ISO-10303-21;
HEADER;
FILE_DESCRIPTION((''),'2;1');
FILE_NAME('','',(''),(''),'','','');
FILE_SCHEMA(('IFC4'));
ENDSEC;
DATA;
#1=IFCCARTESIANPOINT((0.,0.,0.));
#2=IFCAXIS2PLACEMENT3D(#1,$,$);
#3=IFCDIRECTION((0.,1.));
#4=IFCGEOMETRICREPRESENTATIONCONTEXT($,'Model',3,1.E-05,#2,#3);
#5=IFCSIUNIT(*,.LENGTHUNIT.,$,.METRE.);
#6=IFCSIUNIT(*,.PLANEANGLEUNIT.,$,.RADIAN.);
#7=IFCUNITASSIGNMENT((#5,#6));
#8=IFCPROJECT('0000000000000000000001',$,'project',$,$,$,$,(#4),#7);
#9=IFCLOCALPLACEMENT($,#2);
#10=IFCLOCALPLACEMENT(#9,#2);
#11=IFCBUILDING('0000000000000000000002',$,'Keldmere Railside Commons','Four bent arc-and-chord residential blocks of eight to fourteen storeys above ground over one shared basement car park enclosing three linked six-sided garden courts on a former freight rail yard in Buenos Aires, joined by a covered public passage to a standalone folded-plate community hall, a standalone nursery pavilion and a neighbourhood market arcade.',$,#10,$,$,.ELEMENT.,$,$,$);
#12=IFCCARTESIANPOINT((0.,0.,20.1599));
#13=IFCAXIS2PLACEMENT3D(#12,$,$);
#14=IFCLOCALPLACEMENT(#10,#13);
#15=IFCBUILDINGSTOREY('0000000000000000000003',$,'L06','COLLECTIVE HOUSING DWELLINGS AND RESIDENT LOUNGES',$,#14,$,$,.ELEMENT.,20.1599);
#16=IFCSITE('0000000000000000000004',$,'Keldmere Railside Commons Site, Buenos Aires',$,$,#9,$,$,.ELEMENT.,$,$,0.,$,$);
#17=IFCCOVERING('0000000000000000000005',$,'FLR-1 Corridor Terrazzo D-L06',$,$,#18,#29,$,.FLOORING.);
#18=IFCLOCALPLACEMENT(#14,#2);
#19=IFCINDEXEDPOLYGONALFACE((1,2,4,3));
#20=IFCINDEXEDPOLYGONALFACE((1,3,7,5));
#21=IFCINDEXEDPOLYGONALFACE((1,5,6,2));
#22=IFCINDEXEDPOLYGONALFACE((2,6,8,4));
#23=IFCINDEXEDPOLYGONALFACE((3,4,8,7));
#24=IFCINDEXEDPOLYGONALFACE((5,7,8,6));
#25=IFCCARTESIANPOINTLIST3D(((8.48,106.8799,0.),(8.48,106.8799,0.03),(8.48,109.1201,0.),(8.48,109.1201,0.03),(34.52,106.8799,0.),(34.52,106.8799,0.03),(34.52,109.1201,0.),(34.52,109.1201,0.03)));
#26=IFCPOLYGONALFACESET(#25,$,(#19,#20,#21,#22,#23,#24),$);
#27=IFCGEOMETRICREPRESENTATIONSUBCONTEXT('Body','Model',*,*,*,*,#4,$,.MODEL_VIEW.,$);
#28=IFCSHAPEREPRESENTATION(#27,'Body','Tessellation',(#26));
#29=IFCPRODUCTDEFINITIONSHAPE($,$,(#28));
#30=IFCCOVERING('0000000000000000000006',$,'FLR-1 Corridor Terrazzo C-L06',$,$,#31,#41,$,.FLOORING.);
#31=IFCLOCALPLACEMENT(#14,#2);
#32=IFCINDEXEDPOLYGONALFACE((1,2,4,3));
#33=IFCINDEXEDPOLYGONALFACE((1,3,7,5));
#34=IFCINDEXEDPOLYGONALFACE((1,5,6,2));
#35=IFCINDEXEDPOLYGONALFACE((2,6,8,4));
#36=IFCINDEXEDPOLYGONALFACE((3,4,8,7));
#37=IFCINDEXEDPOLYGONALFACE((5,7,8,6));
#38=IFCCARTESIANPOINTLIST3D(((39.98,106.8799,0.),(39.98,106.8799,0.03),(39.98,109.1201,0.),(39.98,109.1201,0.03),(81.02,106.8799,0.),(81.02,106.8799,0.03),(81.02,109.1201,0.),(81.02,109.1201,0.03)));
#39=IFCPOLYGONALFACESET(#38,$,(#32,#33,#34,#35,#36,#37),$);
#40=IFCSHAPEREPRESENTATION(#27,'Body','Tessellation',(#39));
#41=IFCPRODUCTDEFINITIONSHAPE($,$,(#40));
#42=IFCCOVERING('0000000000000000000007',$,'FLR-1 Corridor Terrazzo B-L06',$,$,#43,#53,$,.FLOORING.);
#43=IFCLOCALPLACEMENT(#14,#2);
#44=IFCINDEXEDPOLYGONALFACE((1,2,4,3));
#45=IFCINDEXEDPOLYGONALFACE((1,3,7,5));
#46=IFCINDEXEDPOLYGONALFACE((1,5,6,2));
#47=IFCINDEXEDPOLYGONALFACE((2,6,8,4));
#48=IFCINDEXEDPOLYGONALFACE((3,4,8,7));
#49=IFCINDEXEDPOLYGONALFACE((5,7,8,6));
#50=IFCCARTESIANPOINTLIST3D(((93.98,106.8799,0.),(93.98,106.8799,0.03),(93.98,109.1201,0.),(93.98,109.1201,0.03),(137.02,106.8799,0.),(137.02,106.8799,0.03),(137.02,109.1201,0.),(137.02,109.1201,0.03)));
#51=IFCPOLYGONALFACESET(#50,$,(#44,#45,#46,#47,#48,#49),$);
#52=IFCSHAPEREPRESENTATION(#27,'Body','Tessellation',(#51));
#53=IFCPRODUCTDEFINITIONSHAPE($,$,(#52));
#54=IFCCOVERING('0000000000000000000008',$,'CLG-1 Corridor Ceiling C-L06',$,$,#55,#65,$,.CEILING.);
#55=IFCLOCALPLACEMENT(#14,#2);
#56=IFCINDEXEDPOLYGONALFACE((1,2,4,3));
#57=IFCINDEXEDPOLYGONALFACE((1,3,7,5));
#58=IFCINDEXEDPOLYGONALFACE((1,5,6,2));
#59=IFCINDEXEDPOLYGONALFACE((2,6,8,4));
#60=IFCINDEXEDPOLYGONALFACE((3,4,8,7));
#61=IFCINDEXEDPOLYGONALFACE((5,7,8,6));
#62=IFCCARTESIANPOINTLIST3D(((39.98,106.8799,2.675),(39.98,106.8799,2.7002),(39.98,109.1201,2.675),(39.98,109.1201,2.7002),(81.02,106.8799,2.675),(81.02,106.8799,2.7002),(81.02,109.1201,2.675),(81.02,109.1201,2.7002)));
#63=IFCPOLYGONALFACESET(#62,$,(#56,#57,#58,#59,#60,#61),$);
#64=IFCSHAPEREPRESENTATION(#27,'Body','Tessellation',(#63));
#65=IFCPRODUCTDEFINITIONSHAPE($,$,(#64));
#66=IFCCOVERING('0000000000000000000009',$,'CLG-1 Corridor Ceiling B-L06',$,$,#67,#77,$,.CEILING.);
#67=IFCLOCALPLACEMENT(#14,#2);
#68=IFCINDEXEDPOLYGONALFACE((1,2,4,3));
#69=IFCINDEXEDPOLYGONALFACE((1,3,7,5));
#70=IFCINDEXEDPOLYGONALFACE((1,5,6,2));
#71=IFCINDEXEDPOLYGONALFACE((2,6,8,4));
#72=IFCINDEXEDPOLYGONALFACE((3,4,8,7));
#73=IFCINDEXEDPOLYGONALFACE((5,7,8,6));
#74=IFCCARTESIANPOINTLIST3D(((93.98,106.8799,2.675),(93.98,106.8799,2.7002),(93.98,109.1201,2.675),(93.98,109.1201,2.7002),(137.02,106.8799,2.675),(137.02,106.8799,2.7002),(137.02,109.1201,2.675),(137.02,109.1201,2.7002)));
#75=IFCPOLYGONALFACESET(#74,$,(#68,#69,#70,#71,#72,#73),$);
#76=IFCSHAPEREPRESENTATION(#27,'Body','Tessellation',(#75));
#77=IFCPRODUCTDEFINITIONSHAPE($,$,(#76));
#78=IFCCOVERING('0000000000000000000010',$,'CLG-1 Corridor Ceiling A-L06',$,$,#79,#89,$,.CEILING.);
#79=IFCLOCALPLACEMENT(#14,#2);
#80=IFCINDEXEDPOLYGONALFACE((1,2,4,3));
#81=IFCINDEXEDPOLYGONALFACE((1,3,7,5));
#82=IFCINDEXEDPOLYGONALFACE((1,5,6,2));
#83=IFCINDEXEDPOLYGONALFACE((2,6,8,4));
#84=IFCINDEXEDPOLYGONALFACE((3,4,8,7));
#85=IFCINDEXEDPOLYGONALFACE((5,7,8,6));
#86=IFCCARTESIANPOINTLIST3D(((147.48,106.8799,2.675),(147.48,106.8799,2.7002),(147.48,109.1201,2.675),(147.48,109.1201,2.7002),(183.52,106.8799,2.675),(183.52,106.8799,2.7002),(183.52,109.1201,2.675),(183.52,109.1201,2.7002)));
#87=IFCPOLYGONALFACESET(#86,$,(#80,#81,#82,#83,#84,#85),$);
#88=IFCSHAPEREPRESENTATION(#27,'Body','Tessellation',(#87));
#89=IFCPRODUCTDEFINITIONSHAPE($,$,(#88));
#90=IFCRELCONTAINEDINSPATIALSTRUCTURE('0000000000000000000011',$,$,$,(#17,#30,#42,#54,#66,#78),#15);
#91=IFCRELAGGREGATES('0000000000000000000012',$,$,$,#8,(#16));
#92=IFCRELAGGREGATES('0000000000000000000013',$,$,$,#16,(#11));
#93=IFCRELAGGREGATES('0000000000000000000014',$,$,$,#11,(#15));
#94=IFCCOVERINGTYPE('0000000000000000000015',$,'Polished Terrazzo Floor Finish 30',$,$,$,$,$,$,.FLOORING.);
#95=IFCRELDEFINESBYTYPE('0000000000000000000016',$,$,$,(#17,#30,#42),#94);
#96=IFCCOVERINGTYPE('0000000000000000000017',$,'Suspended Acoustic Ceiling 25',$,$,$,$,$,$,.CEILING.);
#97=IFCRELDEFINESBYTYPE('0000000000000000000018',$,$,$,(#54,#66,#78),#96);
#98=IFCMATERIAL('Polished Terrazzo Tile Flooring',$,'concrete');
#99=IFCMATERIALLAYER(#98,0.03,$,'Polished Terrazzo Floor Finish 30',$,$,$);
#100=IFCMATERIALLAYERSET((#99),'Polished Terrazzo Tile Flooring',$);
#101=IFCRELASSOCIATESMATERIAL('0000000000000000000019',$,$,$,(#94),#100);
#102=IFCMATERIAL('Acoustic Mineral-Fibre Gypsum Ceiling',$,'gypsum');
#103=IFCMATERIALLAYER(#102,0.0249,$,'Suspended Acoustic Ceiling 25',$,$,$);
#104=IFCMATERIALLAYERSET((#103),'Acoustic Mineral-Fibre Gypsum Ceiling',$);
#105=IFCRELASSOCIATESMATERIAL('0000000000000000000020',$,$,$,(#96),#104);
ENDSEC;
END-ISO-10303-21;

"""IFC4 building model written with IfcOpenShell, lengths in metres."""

from ifc_helpers import new_model, si_unit, direction, frame, origin, place, context, subcontext, project, spatial, polyline, outline, extrude, material, layer, layer_set, type_object, element, save


model = new_model("IFC4")

# Units and contexts
model_context = context("Model", 3, precision=1e-05, world=origin(), true_north=direction((0.0, 1.0)))
body_context = subcontext(model_context, "Body", "Model", "MODEL_VIEW")
ifc_project = project(units=[si_unit("LENGTHUNIT", "METRE"), si_unit("PLANEANGLEUNIT", "RADIAN")], contexts=[model_context])

# Site, building, storey
site_placement = place(None, origin())
site = spatial("IfcSite", under=ifc_project, at=site_placement, Name="Keldmere Railside Commons Site, Buenos Aires", CompositionType="ELEMENT", RefElevation=0.0)
building_placement = place(site_placement, origin())
building = spatial("IfcBuilding", under=site, at=building_placement, Name="Keldmere Railside Commons", Description="Four bent arc-and-chord residential blocks of eight to fourteen storeys above ground over one shared basement car park enclosing three linked six-sided garden courts on a former freight rail yard in Buenos Aires, joined by a covered public passage to a standalone folded-plate community hall, a standalone nursery pavilion and a neighbourhood market arcade.", CompositionType="ELEMENT")
storey_placement = place(building_placement, frame((0.0, 0.0, 20.1599)))
storey = spatial("IfcBuildingStorey", under=building, at=storey_placement, Name="L06", Description="COLLECTIVE HOUSING DWELLINGS AND RESIDENT LOUNGES", CompositionType="ELEMENT", Elevation=20.1599)

# Coverings
ifc_material_1 = material(Name="Polished Terrazzo Tile Flooring", Category="concrete")
ifc_layer_1 = layer(ifc_material_1, 0.03, Name="Polished Terrazzo Floor Finish 30")
ifc_layer_set_1 = layer_set([ifc_layer_1], Name="Polished Terrazzo Tile Flooring")
covering_type_1 = type_object("IfcCoveringType", Name="Polished Terrazzo Floor Finish 30", PredefinedType="FLOORING", material=ifc_layer_set_1)
covering_1_placement = place(storey_placement, origin())
element("IfcCovering", 1, at=covering_1_placement, inside=storey, type_object=covering_type_1, Name="FLR-1 Corridor Terrazzo D-L06", PredefinedType="FLOORING", context=body_context, shape_type="SweptSolid", body=[
    extrude(outline(polyline([(8.48, 106.8799), (34.52, 106.8799), (34.52, 109.1201), (8.48, 109.1201), (8.48, 106.8799)])), origin(), (0.0, 0.0, 1.0), 0.03),
])
covering_2_placement = place(storey_placement, origin())
element("IfcCovering", 2, at=covering_2_placement, inside=storey, type_object=covering_type_1, Name="FLR-1 Corridor Terrazzo C-L06", PredefinedType="FLOORING", context=body_context, shape_type="SweptSolid", body=[
    extrude(outline(polyline([(39.98, 106.8799), (81.02, 106.8799), (81.02, 109.1201), (39.98, 109.1201), (39.98, 106.8799)])), origin(), (0.0, 0.0, 1.0), 0.03),
])
covering_3_placement = place(storey_placement, origin())
element("IfcCovering", 3, at=covering_3_placement, inside=storey, type_object=covering_type_1, Name="FLR-1 Corridor Terrazzo B-L06", PredefinedType="FLOORING", context=body_context, shape_type="SweptSolid", body=[
    extrude(outline(polyline([(93.98, 106.8799), (137.02, 106.8799), (137.02, 109.1201), (93.98, 109.1201), (93.98, 106.8799)])), origin(), (0.0, 0.0, 1.0), 0.03),
])
ifc_material_2 = material(Name="Acoustic Mineral-Fibre Gypsum Ceiling", Category="gypsum")
ifc_layer_2 = layer(ifc_material_2, 0.0249, Name="Suspended Acoustic Ceiling 25")
ifc_layer_set_2 = layer_set([ifc_layer_2], Name="Acoustic Mineral-Fibre Gypsum Ceiling")
covering_type_2 = type_object("IfcCoveringType", Name="Suspended Acoustic Ceiling 25", PredefinedType="CEILING", material=ifc_layer_set_2)
covering_4_placement = place(storey_placement, frame((0.0, 0.0, 2.675)))
element("IfcCovering", 4, at=covering_4_placement, inside=storey, type_object=covering_type_2, Name="CLG-1 Corridor Ceiling C-L06", PredefinedType="CEILING", context=body_context, shape_type="SweptSolid", body=[
    extrude(outline(polyline([(39.98, 106.8799), (81.02, 106.8799), (81.02, 109.1201), (39.98, 109.1201), (39.98, 106.8799)])), origin(), (0.0, 0.0, 1.0), 0.0251),
])
covering_5_placement = place(storey_placement, frame((0.0, 0.0, 2.675)))
element("IfcCovering", 5, at=covering_5_placement, inside=storey, type_object=covering_type_2, Name="CLG-1 Corridor Ceiling B-L06", PredefinedType="CEILING", context=body_context, shape_type="SweptSolid", body=[
    extrude(outline(polyline([(93.98, 106.8799), (137.02, 106.8799), (137.02, 109.1201), (93.98, 109.1201), (93.98, 106.8799)])), origin(), (0.0, 0.0, 1.0), 0.0251),
])
covering_6_placement = place(storey_placement, frame((0.0, 0.0, 2.675)))
element("IfcCovering", 6, at=covering_6_placement, inside=storey, type_object=covering_type_2, Name="CLG-1 Corridor Ceiling A-L06", PredefinedType="CEILING", context=body_context, shape_type="SweptSolid", body=[
    extrude(outline(polyline([(147.48, 106.8799), (183.52, 106.8799), (183.52, 109.1201), (147.48, 109.1201), (147.48, 106.8799)])), origin(), (0.0, 0.0, 1.0), 0.0251),
])

save(model, "model.ifc")
